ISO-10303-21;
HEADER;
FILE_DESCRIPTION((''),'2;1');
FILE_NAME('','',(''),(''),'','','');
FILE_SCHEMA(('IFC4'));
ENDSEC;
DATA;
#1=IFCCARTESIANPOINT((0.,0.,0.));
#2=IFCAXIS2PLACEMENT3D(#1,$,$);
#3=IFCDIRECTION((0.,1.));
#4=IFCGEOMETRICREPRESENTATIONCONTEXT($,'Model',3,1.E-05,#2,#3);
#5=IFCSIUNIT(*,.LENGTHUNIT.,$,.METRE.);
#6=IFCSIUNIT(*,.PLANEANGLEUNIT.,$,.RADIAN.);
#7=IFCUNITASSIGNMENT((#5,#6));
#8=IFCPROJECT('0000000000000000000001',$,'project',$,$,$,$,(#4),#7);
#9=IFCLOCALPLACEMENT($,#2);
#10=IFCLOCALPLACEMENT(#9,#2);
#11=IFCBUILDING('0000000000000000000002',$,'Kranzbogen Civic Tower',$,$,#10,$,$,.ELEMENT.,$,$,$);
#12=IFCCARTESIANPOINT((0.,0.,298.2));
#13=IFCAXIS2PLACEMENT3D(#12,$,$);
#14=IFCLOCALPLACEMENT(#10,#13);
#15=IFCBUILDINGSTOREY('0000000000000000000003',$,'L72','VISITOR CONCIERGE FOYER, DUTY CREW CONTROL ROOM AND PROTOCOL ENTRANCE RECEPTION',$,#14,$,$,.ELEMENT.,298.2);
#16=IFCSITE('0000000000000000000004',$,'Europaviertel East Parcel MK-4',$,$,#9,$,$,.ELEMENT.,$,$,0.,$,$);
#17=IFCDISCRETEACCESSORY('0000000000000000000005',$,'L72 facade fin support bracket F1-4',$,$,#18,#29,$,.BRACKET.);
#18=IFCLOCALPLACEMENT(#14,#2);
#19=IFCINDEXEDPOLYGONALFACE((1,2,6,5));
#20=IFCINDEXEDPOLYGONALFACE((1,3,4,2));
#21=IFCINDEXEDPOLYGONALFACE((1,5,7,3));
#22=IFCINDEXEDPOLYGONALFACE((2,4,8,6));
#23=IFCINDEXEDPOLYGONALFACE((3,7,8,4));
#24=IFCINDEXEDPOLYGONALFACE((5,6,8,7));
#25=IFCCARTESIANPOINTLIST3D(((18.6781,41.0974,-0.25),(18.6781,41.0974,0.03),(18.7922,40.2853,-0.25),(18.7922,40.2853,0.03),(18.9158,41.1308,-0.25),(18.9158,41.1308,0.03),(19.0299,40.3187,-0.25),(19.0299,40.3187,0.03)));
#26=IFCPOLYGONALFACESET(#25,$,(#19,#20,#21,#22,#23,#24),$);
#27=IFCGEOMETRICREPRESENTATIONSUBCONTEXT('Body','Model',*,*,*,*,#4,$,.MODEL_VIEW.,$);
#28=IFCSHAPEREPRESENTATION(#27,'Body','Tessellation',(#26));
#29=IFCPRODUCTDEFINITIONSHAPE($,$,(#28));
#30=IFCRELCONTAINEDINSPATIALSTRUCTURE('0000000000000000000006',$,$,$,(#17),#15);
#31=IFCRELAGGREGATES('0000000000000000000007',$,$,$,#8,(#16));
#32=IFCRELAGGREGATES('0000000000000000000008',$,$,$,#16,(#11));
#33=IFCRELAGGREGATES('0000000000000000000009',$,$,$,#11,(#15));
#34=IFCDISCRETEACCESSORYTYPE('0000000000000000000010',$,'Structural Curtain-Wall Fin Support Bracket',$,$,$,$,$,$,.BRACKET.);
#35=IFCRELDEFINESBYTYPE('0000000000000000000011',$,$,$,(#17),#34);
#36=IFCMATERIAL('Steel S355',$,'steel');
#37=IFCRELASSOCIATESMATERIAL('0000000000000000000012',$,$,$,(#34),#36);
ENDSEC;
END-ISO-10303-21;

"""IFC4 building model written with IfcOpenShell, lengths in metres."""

from ifc_helpers import new_model, si_unit, direction, frame, origin, origin_2d, place, context, subcontext, project, spatial, rectangle, extrude, material, type_object, element, save


model = new_model("IFC4")

# Units and contexts
model_context = context("Model", 3, precision=1e-05, world=origin(), true_north=direction((0.0, 1.0)))
body_context = subcontext(model_context, "Body", "Model", "MODEL_VIEW")
ifc_project = project(units=[si_unit("LENGTHUNIT", "METRE"), si_unit("PLANEANGLEUNIT", "RADIAN")], contexts=[model_context])

# Site, building, storey
site_placement = place(None, origin())
site = spatial("IfcSite", under=ifc_project, at=site_placement, Name="Europaviertel East Parcel MK-4", CompositionType="ELEMENT", RefElevation=0.0)
building_placement = place(site_placement, origin())
building = spatial("IfcBuilding", under=site, at=building_placement, Name="Kranzbogen Civic Tower", CompositionType="ELEMENT")
storey_placement = place(building_placement, frame((0.0, 0.0, 298.2)))
storey = spatial("IfcBuildingStorey", under=building, at=storey_placement, Name="L72", Description="VISITOR CONCIERGE FOYER, DUTY CREW CONTROL ROOM AND PROTOCOL ENTRANCE RECEPTION", CompositionType="ELEMENT", Elevation=298.2)

# Shared definitions
ifc_material_1 = material(Name="Steel S355", Category="steel")

# Discrete accessory
discrete_accessory_type = type_object("IfcDiscreteAccessoryType", Name="Structural Curtain-Wall Fin Support Bracket", PredefinedType="BRACKET", material=ifc_material_1)
discrete_accessory_placement = place(storey_placement, frame((18.854, 40.708, -0.25), z_axis=(0.0, 0.0, 1.0), x_axis=(-0.139173, 0.990268, 0.0)))
element("IfcDiscreteAccessory", 1, at=discrete_accessory_placement, inside=storey, type_object=discrete_accessory_type, Name="L72 facade fin support bracket F1-4", PredefinedType="BRACKET", context=body_context, shape_type="SweptSolid", body=[
    extrude(rectangle(XDim=0.8201, YDim=0.24, at=origin_2d()), origin(), (0.0, 0.0, 1.0), 0.28),
])

save(model, "model.ifc")
